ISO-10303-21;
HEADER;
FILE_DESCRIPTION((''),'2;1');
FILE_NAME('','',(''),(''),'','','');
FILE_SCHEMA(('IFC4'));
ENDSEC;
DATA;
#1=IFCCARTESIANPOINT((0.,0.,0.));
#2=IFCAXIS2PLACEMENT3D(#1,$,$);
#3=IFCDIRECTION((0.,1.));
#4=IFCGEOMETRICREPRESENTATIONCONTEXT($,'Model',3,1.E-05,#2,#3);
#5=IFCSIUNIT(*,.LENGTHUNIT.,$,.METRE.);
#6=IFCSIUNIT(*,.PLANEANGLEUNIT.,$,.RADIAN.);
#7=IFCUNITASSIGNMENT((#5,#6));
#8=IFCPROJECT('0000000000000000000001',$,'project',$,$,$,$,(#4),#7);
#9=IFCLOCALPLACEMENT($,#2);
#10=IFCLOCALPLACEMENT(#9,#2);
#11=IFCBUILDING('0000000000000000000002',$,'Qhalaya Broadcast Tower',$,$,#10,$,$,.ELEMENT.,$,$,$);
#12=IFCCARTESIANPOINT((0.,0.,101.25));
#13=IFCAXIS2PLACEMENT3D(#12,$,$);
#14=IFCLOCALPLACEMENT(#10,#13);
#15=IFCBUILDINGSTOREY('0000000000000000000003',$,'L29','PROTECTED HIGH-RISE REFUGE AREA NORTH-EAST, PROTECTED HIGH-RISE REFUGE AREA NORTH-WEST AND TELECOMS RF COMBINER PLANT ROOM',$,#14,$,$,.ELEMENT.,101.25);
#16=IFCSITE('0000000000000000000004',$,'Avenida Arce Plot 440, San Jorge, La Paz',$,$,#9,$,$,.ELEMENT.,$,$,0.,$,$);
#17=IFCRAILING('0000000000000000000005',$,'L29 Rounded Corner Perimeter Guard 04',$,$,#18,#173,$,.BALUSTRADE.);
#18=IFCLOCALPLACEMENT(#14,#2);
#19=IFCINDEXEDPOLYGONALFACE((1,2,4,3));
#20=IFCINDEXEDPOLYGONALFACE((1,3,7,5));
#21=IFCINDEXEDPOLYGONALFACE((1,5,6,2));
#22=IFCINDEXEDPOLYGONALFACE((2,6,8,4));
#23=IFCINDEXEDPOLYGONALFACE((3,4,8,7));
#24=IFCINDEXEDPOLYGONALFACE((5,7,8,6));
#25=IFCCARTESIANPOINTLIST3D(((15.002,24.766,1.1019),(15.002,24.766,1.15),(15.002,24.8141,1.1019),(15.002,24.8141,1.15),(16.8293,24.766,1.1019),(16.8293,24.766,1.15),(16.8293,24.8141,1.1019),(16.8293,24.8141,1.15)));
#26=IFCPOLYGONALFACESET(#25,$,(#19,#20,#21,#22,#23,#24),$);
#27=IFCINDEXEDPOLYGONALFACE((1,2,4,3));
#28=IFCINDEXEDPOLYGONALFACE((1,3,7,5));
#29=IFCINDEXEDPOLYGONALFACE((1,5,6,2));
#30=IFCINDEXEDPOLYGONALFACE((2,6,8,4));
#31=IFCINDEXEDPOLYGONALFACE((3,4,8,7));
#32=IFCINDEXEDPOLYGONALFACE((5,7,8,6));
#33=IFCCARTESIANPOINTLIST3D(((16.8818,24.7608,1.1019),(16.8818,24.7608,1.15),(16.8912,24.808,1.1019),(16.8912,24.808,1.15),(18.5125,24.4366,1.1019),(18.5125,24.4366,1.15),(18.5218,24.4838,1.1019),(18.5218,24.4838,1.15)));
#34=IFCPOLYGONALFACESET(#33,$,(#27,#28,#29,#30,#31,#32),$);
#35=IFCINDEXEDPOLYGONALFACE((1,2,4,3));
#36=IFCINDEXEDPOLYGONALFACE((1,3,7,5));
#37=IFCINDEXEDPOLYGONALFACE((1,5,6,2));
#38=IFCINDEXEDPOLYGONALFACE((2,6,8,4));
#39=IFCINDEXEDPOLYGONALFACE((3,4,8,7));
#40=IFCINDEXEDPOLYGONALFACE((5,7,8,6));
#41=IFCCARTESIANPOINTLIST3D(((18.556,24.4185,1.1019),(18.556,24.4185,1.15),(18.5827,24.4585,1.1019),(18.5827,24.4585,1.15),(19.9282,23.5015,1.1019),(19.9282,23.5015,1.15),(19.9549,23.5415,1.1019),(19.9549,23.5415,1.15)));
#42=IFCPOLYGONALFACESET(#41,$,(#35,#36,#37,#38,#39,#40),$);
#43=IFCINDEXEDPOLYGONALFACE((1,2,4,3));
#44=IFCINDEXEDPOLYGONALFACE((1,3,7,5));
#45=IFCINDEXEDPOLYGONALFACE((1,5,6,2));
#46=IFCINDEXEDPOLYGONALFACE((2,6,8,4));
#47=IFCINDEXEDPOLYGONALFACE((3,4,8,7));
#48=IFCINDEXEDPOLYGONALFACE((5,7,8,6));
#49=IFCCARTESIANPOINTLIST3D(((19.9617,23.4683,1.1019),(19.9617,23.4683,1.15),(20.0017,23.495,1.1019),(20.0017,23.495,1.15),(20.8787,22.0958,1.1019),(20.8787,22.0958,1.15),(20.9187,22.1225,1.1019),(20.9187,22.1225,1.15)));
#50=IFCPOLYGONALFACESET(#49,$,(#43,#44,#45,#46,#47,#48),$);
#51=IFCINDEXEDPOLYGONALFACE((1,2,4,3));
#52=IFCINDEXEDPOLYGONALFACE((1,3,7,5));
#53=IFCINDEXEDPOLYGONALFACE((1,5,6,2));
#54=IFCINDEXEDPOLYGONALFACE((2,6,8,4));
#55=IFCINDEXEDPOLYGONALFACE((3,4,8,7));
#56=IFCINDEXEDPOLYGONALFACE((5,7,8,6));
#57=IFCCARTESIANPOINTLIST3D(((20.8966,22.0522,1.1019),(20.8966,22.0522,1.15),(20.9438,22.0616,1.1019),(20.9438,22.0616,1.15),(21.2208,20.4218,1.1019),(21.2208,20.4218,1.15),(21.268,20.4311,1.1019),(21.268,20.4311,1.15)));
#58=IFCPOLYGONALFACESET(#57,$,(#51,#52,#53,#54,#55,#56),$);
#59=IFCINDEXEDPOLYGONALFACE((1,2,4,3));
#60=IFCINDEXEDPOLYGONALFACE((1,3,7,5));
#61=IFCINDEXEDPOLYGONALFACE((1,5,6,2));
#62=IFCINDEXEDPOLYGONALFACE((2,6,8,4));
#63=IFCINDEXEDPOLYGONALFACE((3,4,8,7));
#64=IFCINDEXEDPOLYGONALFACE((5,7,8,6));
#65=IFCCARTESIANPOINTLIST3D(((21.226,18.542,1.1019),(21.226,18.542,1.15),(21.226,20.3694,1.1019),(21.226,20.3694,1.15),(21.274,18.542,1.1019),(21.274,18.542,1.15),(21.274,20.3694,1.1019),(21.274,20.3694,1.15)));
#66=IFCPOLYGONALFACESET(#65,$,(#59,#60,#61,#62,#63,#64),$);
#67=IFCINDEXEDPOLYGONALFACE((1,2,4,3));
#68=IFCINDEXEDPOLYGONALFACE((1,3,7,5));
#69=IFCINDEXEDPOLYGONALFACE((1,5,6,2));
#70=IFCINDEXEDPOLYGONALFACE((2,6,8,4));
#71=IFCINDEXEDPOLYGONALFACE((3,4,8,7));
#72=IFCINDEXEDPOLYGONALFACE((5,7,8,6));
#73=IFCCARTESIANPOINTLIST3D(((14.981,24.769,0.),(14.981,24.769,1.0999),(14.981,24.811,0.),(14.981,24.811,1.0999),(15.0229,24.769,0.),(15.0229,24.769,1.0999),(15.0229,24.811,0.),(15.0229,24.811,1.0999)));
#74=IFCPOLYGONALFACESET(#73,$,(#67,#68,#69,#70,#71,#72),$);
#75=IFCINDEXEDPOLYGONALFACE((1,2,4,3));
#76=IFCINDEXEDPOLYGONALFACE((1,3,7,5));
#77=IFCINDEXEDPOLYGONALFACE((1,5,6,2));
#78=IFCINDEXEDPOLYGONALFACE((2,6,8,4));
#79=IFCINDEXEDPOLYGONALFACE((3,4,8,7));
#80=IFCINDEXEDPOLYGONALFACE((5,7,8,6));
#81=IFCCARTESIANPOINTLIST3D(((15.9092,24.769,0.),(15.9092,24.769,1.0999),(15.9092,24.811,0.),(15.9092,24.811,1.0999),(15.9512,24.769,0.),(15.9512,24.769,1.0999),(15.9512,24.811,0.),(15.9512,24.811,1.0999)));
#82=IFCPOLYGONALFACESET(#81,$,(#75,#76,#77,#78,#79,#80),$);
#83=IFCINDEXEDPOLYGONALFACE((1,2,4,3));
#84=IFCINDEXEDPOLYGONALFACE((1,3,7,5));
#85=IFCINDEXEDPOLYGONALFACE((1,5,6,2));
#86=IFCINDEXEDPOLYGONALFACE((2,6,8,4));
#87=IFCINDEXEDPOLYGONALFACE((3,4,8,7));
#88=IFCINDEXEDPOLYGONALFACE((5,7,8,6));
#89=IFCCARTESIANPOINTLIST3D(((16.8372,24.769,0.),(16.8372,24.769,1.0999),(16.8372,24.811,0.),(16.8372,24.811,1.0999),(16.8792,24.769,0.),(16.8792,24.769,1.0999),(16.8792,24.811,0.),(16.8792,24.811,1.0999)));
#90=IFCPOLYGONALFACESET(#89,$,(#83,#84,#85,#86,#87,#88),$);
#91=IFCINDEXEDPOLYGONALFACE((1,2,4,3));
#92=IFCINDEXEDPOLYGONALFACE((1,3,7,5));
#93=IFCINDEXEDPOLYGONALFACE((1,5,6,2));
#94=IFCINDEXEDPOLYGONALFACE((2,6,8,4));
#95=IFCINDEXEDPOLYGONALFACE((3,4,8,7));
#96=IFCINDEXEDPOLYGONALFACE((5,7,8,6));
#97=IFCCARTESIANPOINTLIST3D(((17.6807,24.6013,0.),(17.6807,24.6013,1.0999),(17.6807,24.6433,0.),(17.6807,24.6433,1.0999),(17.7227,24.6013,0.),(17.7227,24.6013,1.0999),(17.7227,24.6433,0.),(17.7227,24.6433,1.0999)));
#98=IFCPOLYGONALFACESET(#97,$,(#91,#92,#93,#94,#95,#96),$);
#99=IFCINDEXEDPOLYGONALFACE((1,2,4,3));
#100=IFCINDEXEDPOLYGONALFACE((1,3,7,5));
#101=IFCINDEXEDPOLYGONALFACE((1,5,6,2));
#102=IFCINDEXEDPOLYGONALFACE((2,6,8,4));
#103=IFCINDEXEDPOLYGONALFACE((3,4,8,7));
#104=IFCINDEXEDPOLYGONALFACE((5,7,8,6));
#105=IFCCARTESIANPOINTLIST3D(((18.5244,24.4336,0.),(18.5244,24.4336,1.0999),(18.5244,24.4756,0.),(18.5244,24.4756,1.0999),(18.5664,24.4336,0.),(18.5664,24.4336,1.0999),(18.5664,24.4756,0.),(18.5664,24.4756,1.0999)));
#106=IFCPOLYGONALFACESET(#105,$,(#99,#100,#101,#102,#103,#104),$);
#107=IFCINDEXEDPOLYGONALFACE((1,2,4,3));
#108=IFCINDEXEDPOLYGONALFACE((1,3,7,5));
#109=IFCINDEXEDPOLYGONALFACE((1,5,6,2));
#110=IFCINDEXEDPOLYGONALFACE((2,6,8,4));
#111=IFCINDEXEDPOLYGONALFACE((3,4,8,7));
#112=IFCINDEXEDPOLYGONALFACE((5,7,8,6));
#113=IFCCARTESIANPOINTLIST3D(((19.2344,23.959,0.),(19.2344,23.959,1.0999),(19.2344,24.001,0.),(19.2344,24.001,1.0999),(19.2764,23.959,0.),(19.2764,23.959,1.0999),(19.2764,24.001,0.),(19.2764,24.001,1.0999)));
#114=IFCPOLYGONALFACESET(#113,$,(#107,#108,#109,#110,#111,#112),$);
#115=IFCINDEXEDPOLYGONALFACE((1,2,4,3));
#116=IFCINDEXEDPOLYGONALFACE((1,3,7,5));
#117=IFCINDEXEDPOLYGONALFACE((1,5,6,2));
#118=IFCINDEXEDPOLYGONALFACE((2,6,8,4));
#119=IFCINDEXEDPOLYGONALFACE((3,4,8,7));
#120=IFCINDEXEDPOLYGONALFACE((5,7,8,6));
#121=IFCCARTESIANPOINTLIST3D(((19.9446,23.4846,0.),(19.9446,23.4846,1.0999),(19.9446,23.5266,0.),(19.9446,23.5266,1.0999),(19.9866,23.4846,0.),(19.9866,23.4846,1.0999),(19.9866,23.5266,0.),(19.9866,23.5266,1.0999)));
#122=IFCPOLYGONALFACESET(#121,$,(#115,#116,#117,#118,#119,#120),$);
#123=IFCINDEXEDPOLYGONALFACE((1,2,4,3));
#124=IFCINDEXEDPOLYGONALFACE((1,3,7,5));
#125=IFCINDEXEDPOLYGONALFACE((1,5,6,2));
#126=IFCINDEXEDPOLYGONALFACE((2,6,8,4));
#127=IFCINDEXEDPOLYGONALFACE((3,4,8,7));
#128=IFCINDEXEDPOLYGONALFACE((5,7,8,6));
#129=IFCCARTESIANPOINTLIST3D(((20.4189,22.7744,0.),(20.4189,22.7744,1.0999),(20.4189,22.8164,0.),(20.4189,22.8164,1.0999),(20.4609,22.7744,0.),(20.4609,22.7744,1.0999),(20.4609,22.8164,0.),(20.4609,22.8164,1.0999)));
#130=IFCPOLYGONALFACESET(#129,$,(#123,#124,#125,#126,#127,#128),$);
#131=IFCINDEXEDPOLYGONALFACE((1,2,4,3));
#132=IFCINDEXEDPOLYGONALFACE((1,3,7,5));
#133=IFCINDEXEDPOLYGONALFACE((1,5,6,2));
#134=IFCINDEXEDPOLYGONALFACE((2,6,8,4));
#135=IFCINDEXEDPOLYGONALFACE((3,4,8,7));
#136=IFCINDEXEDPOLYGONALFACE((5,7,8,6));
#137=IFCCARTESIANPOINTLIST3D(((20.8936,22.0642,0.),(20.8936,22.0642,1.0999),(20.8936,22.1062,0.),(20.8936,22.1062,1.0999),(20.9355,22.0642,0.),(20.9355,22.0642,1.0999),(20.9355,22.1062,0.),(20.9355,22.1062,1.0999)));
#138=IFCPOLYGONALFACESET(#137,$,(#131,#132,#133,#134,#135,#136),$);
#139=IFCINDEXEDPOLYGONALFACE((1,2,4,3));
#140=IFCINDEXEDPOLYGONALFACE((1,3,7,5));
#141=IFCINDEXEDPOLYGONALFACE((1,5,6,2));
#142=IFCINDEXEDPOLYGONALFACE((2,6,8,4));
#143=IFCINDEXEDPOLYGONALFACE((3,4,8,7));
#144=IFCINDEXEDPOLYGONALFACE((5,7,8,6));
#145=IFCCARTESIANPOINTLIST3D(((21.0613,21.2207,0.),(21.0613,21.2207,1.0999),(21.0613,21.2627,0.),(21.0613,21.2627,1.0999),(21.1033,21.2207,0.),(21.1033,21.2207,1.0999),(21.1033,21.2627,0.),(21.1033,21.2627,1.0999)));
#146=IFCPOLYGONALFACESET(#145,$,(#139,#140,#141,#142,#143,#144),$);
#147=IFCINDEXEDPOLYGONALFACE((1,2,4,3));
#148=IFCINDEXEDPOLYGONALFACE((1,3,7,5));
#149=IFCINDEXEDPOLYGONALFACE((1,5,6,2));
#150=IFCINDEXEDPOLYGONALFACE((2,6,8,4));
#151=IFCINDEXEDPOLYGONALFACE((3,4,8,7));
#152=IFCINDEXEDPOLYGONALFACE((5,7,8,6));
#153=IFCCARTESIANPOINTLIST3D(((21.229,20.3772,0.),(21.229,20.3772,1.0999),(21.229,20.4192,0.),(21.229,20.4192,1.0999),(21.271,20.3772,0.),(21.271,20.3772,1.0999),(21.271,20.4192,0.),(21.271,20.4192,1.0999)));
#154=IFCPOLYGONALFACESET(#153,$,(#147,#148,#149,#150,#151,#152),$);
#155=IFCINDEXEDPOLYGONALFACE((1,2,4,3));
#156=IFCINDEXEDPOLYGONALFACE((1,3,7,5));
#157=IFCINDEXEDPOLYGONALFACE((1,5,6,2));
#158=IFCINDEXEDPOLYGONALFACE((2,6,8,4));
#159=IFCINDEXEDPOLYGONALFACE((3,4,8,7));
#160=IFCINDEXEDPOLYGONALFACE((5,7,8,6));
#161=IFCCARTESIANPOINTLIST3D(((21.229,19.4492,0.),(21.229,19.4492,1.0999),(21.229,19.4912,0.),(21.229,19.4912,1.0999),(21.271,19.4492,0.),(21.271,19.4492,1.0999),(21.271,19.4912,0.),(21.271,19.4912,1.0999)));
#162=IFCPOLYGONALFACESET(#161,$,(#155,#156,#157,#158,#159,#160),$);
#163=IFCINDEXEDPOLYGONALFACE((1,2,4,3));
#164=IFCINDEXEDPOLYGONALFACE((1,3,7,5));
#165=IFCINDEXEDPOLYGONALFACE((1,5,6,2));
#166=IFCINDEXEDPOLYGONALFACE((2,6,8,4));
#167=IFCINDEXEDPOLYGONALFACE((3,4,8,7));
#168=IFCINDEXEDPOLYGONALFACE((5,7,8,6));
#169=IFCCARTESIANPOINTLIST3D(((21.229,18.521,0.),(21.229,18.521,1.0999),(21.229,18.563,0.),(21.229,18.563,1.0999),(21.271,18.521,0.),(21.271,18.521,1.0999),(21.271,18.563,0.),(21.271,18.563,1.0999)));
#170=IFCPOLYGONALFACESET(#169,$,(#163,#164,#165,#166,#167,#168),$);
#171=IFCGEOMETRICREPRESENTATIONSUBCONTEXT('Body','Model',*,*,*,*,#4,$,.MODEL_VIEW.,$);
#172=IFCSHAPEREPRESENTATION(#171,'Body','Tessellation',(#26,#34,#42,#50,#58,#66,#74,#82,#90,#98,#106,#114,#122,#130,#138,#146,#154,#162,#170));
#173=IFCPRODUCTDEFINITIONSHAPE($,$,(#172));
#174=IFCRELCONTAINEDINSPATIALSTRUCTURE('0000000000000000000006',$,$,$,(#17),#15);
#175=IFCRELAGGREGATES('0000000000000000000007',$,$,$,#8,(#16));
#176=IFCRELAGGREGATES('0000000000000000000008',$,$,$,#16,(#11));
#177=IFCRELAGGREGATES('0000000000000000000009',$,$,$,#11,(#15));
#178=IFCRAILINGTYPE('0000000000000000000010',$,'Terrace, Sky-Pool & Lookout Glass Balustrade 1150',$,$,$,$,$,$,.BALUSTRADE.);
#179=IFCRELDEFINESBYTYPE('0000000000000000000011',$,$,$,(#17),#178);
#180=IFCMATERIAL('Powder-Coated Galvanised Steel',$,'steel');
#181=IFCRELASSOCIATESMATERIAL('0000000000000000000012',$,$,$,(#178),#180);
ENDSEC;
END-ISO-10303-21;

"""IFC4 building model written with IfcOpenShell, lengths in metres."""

from ifc_helpers import new_model, si_unit, direction, frame, origin, origin_2d, place, context, subcontext, project, spatial, rectangle, extrude, material, type_object, element, save


model = new_model("IFC4")

# Units and contexts
model_context = context("Model", 3, precision=1e-05, world=origin(), true_north=direction((0.0, 1.0)))
body_context = subcontext(model_context, "Body", "Model", "MODEL_VIEW")
ifc_project = project(units=[si_unit("LENGTHUNIT", "METRE"), si_unit("PLANEANGLEUNIT", "RADIAN")], contexts=[model_context])

# Site, building, storey
site_placement = place(None, origin())
site = spatial("IfcSite", under=ifc_project, at=site_placement, Name="Avenida Arce Plot 440, San Jorge, La Paz", CompositionType="ELEMENT", RefElevation=0.0)
building_placement = place(site_placement, origin())
building = spatial("IfcBuilding", under=site, at=building_placement, Name="Qhalaya Broadcast Tower", CompositionType="ELEMENT")
storey_placement = place(building_placement, frame((0.0, 0.0, 101.25)))
storey = spatial("IfcBuildingStorey", under=building, at=storey_placement, Name="L29", Description="PROTECTED HIGH-RISE REFUGE AREA NORTH-EAST, PROTECTED HIGH-RISE REFUGE AREA NORTH-WEST AND TELECOMS RF COMBINER PLANT ROOM", CompositionType="ELEMENT", Elevation=101.25)

# Railing
ifc_material_1 = material(Name="Powder-Coated Galvanised Steel", Category="steel")
railing_type = type_object("IfcRailingType", Name="Terrace, Sky-Pool & Lookout Glass Balustrade 1150", PredefinedType="BALUSTRADE", material=ifc_material_1)
railing_placement = place(storey_placement, frame((15.002, 24.79, 0.0)))
element("IfcRailing", 1, at=railing_placement, inside=storey, type_object=railing_type, Name="L29 Rounded Corner Perimeter Guard 04", PredefinedType="BALUSTRADE", context=body_context, shape_type="SweptSolid", body=[
    extrude(rectangle(XDim=0.0481, YDim=0.0481, at=origin_2d()), frame((0.0, 0.0, 1.126), z_axis=(1.0, 0.0, 0.0), x_axis=(0.0, 1.0, 0.0)), (0.0, 0.0, 1.0), 1.8274),
    extrude(rectangle(XDim=0.0481, YDim=0.0481, at=origin_2d()), frame((1.8845, -0.0056, 1.126), z_axis=(0.980804, -0.194997, 0.0), x_axis=(0.194997, 0.980804, 0.0)), (0.0, 0.0, 1.0), 1.6626),
    extrude(rectangle(XDim=0.0481, YDim=0.0481, at=origin_2d()), frame((3.5674, -0.3516, 1.126), z_axis=(0.831456, -0.55559, 0.0), x_axis=(0.55559, 0.831456, 0.0)), (0.0, 0.0, 1.0), 1.6504),
    extrude(rectangle(XDim=0.0481, YDim=0.0481, at=origin_2d()), frame((4.9797, -1.3083, 1.126), z_axis=(0.555524, -0.8315, 0.0), x_axis=(0.8315, 0.555524, 0.0)), (0.0, 0.0, 1.0), 1.6506),
    extrude(rectangle(XDim=0.0481, YDim=0.0481, at=origin_2d()), frame((5.9182, -2.7332, 1.126), z_axis=(0.195024, -0.980798, 0.0), x_axis=(0.980798, 0.195024, 0.0)), (0.0, 0.0, 1.0), 1.6624),
    extrude(rectangle(XDim=0.0481, YDim=0.0481, at=origin_2d()), frame((6.248, -4.4207, 1.126), z_axis=(0.0, -1.0, 0.0), x_axis=(1.0, 0.0, 0.0)), (0.0, 0.0, 1.0), 1.8274),
    extrude(rectangle(XDim=0.042, YDim=0.042, at=origin_2d()), origin(), (0.0, 0.0, 1.0), 1.0999),
    extrude(rectangle(XDim=0.042, YDim=0.042, at=origin_2d()), frame((0.9282, 0.0, 0.0)), (0.0, 0.0, 1.0), 1.0999),
    extrude(rectangle(XDim=0.042, YDim=0.042, at=origin_2d()), frame((1.8562, 0.0, 0.0)), (0.0, 0.0, 1.0), 1.0999),
    extrude(rectangle(XDim=0.042, YDim=0.042, at=origin_2d()), frame((2.6997, -0.1677, 0.0)), (0.0, 0.0, 1.0), 1.0999),
    extrude(rectangle(XDim=0.042, YDim=0.042, at=origin_2d()), frame((3.5435, -0.3354, 0.0)), (0.0, 0.0, 1.0), 1.0999),
    extrude(rectangle(XDim=0.042, YDim=0.042, at=origin_2d()), frame((4.2534, -0.8101, 0.0)), (0.0, 0.0, 1.0), 1.0999),
    extrude(rectangle(XDim=0.042, YDim=0.042, at=origin_2d()), frame((4.9636, -1.2844, 0.0)), (0.0, 0.0, 1.0), 1.0999),
    extrude(rectangle(XDim=0.042, YDim=0.042, at=origin_2d()), frame((5.438, -1.9946, 0.0)), (0.0, 0.0, 1.0), 1.0999),
    extrude(rectangle(XDim=0.042, YDim=0.042, at=origin_2d()), frame((5.9126, -2.7048, 0.0)), (0.0, 0.0, 1.0), 1.0999),
    extrude(rectangle(XDim=0.042, YDim=0.042, at=origin_2d()), frame((6.0803, -3.5483, 0.0)), (0.0, 0.0, 1.0), 1.0999),
    extrude(rectangle(XDim=0.042, YDim=0.042, at=origin_2d()), frame((6.248, -4.3918, 0.0)), (0.0, 0.0, 1.0), 1.0999),
    extrude(rectangle(XDim=0.042, YDim=0.042, at=origin_2d()), frame((6.248, -5.3198, 0.0)), (0.0, 0.0, 1.0), 1.0999),
    extrude(rectangle(XDim=0.042, YDim=0.042, at=origin_2d()), frame((6.248, -6.248, 0.0)), (0.0, 0.0, 1.0), 1.0999),
])

save(model, "model.ifc")
